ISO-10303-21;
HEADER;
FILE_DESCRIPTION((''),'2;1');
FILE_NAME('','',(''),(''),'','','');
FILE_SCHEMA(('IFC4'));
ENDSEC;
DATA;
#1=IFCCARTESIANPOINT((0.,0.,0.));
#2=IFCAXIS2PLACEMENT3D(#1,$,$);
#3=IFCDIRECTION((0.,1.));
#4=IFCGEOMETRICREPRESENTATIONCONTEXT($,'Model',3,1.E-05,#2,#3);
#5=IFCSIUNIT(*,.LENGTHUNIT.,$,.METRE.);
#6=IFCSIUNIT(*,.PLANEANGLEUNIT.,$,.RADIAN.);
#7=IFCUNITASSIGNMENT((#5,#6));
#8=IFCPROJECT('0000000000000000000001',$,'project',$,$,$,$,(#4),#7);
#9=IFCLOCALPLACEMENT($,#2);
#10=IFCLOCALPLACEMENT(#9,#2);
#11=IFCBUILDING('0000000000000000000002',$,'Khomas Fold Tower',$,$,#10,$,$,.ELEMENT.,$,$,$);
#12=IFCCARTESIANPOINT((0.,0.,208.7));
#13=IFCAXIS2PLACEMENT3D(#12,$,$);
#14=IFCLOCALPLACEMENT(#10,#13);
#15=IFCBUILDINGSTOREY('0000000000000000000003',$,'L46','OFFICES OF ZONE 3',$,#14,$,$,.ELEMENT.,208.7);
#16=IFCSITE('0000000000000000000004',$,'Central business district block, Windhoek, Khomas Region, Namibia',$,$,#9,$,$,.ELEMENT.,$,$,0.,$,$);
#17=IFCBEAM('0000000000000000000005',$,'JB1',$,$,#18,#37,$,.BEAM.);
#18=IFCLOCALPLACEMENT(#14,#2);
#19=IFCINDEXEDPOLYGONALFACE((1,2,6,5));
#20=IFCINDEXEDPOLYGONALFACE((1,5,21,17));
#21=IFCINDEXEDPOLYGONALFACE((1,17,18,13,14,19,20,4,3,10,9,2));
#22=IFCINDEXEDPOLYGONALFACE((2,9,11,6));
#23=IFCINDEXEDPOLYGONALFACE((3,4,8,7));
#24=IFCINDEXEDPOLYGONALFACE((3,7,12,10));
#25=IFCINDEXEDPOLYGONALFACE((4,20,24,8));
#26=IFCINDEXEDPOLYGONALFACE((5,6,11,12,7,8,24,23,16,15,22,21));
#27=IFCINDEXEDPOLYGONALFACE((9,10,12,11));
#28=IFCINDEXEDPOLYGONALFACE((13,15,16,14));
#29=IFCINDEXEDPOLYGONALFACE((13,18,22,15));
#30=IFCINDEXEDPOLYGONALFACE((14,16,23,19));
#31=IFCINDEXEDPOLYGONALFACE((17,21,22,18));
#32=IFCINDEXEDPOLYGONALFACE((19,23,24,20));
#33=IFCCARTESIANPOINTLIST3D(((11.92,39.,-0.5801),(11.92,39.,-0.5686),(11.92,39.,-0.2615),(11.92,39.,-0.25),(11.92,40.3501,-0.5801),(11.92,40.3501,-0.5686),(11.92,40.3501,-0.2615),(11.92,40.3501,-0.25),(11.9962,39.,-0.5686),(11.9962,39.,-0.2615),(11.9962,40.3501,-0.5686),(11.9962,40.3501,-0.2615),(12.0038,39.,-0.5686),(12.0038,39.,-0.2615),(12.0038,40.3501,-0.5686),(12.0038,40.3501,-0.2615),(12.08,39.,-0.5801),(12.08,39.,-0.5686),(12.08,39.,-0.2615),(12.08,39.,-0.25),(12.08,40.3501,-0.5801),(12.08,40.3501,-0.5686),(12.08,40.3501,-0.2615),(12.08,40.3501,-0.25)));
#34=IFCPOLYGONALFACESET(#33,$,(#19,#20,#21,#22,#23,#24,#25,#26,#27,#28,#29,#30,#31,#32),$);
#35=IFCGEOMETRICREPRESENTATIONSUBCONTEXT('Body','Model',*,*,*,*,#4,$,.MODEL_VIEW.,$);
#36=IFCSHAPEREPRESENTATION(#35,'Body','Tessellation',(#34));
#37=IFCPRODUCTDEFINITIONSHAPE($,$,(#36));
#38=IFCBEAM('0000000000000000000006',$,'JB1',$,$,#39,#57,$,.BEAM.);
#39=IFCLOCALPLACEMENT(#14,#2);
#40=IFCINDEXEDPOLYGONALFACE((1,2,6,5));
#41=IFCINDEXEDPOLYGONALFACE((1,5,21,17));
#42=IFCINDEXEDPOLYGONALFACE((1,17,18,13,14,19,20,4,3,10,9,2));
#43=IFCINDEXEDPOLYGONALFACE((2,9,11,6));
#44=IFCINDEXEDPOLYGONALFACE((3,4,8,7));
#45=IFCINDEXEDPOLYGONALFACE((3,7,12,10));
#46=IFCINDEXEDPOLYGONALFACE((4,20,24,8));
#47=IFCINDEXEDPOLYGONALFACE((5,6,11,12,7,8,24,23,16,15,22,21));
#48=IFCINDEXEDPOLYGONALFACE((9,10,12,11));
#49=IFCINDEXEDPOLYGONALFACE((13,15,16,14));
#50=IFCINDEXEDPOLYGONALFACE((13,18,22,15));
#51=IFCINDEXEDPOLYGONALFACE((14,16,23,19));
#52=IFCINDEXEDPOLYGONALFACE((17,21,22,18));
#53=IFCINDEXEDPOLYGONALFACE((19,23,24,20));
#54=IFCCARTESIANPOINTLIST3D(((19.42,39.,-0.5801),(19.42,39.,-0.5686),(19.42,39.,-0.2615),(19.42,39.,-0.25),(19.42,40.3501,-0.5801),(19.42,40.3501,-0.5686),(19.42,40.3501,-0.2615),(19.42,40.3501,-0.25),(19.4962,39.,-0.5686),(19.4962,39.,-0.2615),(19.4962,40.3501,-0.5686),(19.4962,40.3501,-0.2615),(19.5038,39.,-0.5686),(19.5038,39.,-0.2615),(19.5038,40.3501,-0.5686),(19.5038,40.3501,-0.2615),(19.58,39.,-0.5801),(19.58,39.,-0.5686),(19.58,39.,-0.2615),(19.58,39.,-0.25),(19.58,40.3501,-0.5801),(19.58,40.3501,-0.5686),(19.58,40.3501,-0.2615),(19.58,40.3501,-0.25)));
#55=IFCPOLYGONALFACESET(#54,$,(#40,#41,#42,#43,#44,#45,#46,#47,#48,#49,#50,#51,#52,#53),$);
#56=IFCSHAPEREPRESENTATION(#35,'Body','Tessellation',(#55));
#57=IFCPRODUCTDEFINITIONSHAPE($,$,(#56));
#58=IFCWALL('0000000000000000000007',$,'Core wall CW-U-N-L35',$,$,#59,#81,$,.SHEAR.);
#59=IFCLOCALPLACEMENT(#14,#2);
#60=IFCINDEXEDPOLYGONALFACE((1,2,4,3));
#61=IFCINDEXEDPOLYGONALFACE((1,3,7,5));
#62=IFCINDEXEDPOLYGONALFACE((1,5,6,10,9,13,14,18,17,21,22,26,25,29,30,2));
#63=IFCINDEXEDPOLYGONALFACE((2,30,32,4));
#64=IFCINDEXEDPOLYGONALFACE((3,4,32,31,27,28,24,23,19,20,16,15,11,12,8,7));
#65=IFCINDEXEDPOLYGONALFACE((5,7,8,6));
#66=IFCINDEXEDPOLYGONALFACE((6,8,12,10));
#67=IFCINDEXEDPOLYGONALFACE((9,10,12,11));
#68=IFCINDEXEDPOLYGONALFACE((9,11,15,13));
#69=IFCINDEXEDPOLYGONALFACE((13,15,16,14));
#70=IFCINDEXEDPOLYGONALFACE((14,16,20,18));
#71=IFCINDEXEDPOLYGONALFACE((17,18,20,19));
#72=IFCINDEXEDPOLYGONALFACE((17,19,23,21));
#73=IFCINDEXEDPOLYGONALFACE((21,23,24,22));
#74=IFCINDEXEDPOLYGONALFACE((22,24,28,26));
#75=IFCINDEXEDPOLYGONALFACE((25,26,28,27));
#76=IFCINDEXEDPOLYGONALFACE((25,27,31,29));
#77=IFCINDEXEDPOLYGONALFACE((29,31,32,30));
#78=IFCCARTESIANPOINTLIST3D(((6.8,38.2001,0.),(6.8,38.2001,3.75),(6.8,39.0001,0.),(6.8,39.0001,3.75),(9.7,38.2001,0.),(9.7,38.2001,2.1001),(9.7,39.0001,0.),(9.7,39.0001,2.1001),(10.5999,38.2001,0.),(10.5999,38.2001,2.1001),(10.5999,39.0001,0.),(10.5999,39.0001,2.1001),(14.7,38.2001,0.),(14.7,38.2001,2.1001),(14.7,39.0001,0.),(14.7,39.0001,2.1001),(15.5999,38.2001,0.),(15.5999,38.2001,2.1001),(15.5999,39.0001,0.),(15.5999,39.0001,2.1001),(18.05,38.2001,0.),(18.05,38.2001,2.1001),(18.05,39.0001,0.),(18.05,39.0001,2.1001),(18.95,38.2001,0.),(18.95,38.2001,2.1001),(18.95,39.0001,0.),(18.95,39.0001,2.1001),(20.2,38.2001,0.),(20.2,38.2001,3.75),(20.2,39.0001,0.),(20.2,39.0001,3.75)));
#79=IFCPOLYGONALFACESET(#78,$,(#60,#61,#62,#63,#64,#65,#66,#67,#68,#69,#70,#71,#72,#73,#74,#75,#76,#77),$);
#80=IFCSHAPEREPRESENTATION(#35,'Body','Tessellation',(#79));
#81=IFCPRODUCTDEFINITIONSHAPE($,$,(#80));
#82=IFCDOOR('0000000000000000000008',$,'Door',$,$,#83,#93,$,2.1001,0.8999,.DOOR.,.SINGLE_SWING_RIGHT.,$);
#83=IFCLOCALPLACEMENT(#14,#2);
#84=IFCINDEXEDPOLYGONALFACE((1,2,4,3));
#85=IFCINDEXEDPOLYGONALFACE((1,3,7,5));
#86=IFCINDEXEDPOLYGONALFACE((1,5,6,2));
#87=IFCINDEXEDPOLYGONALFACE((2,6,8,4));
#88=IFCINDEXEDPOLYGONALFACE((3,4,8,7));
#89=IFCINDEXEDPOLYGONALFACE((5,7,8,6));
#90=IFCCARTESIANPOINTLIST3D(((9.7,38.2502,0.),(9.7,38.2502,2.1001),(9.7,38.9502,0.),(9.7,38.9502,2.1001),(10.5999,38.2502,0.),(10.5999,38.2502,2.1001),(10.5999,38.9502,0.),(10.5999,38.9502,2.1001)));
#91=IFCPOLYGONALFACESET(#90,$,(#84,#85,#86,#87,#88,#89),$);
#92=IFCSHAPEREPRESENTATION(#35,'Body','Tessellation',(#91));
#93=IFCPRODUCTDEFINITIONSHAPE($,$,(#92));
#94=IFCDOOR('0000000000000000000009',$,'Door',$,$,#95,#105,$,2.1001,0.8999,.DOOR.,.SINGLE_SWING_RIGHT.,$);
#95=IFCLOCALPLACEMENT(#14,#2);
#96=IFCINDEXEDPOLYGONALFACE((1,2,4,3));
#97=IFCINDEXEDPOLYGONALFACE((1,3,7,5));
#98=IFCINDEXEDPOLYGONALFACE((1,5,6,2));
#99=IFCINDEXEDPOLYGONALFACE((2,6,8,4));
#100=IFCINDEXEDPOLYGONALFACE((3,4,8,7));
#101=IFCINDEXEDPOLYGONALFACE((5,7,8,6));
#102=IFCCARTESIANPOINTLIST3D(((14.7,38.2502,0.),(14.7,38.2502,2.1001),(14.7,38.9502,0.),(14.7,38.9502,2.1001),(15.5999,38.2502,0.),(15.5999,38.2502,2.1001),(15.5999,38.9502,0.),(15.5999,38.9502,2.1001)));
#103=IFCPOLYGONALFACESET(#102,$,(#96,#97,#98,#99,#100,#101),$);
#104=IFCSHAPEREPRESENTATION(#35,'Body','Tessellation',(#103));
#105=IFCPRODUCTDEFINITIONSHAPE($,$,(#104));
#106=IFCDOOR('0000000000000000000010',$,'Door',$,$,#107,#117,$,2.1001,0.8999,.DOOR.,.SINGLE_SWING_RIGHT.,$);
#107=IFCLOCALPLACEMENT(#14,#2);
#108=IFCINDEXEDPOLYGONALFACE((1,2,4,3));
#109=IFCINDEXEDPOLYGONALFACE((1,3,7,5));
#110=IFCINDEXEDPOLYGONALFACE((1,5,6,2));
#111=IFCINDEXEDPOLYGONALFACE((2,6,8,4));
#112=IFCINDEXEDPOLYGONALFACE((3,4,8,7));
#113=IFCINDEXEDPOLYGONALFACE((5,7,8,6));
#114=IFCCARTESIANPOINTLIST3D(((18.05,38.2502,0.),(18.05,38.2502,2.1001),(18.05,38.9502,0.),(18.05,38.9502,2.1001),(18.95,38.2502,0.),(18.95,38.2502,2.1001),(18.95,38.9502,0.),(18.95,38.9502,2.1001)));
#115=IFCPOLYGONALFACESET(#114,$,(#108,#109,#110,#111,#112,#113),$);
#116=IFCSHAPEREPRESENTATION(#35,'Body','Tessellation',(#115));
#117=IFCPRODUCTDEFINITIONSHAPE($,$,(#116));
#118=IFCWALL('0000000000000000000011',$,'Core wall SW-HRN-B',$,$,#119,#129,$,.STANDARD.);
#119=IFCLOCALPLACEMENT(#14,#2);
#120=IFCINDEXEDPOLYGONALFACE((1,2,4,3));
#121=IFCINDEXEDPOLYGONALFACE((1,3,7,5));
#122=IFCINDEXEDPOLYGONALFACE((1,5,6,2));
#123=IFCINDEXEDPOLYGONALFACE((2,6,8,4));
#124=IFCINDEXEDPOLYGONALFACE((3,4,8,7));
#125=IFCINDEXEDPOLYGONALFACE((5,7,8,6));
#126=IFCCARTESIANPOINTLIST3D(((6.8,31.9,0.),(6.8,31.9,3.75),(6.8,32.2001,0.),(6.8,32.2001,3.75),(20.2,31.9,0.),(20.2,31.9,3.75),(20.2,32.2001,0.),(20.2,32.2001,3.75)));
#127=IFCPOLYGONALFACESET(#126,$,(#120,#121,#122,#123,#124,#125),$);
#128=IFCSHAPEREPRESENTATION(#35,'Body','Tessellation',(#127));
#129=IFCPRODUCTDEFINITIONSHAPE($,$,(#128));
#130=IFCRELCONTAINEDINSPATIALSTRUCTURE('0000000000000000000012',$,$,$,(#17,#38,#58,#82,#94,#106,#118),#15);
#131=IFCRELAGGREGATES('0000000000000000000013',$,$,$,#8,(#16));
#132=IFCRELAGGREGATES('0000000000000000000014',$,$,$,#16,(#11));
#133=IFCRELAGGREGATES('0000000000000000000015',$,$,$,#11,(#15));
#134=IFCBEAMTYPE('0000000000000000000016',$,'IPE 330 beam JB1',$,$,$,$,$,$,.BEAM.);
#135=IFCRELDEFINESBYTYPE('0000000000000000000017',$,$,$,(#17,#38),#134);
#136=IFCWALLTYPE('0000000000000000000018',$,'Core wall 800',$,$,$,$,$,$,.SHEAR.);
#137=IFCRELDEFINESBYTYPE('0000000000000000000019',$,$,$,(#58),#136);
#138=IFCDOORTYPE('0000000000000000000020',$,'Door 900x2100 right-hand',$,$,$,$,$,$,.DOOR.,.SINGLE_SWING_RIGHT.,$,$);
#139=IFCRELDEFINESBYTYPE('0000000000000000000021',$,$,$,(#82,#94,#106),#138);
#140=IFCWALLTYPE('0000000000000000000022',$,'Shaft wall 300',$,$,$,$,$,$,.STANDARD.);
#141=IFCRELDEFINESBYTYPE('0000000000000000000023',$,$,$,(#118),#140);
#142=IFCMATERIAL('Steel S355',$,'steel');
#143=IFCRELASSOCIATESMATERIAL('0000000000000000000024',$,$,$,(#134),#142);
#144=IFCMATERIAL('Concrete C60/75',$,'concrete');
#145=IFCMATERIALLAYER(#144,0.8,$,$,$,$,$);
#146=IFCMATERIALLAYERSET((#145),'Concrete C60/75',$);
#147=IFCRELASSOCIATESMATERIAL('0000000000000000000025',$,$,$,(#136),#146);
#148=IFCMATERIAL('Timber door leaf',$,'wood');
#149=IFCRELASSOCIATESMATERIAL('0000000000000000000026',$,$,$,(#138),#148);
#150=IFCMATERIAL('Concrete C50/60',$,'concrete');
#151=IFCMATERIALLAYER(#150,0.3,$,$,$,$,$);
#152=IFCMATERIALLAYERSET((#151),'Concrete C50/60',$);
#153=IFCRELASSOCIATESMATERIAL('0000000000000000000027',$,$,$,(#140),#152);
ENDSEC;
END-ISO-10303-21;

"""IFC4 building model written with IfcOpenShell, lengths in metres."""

from ifc_helpers import new_model, si_unit, direction, frame, frame_2d, origin, origin_2d, place, context, subcontext, project, spatial, rectangle, i_section, extrude, source, transform, mapped, material, layer, layer_set, material_profile, profile_set, type_object, element, fill, save


model = new_model("IFC4")

# Units and contexts
model_context = context("Model", 3, precision=1e-05, world=origin(), true_north=direction((0.0, 1.0)))
body_context = subcontext(model_context, "Body", "Model", "MODEL_VIEW")
ifc_project = project(units=[si_unit("LENGTHUNIT", "METRE"), si_unit("PLANEANGLEUNIT", "RADIAN")], contexts=[model_context])

# Site, building, storey
site_placement = place(None, origin())
site = spatial("IfcSite", under=ifc_project, at=site_placement, Name="Central business district block, Windhoek, Khomas Region, Namibia", CompositionType="ELEMENT", RefElevation=0.0)
building_placement = place(site_placement, origin())
building = spatial("IfcBuilding", under=site, at=building_placement, Name="Khomas Fold Tower", CompositionType="ELEMENT")
storey_placement = place(building_placement, frame((0.0, 0.0, 208.7)))
storey = spatial("IfcBuildingStorey", under=building, at=storey_placement, Name="L46", Description="OFFICES OF ZONE 3", CompositionType="ELEMENT", Elevation=208.7)

# Beams
ifc_material_1 = material(Name="Steel S355", Category="steel")
ifc_material_profile = material_profile(ifc_material_1, i_section(OverallWidth=0.1599, OverallDepth=0.3301, WebThickness=0.0076, FlangeThickness=0.0115, at=origin_2d()), Name="IPE 330")
ifc_profile_set = profile_set([ifc_material_profile], Name="Steel S355")
beam_type = type_object("IfcBeamType", Name="IPE 330 beam JB1", PredefinedType="BEAM", material=ifc_profile_set)
shared_shape_1 = source(origin(), body_context, "Body", "SweptSolid", [
    extrude(i_section(OverallWidth=0.1599, OverallDepth=0.3301, WebThickness=0.0076, FlangeThickness=0.0115, at=origin_2d()), origin(), (0.0, 0.0, 1.0), 1.3501),
])
for number, where, z_axis, x_axis, name in (
    (1, (12.0, 39.0, -0.415), (0.0, 1.0, 0.0), (-1.0, 0.0, 0.0), "JB1"),
    (2, (19.5, 39.0, -0.415), (0.0, 1.0, 0.0), (-1.0, 0.0, 0.0), "JB1"),
):
    element("IfcBeam", number, at=place(storey_placement, frame(where, z_axis=z_axis, x_axis=x_axis)), inside=storey, type_object=beam_type, Name=name, PredefinedType="BEAM", context=body_context, shape_type="MappedRepresentation", body=[
        mapped(shared_shape_1, transform((0.0, 0.0, 0.0))),
    ])

# Wall, openings, doors
ifc_material_2 = material(Name="Concrete C60/75", Category="concrete")
ifc_layer_1 = layer(ifc_material_2, 0.8)
ifc_layer_set_1 = layer_set([ifc_layer_1], Name="Concrete C60/75")
wall_type_1 = type_object("IfcWallType", Name="Core wall 800", PredefinedType="SHEAR", material=ifc_layer_set_1)
shared_shape_2 = source(origin(), body_context, "Body", "SweptSolid", [
    extrude(rectangle(XDim=13.3999, YDim=0.8, at=frame_2d((6.7, 0.0))), origin(), (0.0, 0.0, 1.0), 3.75),
])
wall_1_placement = place(storey_placement, frame((6.8, 38.6001, 0.0), z_axis=(0.0, 0.0, 1.0), x_axis=(1.0, 0.0, 0.0)))
wall_1 = element("IfcWall", 3, at=wall_1_placement, inside=storey, type_object=wall_type_1, Name="Core wall CW-U-N-L35", PredefinedType="SHEAR", context=body_context, shape_type="MappedRepresentation", body=[
    mapped(shared_shape_2, transform((0.0, 0.0, 0.0))),
])
shared_shape_3 = source(origin(), body_context, "Body", "SweptSolid", [
    extrude(rectangle(XDim=0.8999, YDim=2.1001, at=frame_2d((0.45, 1.05))), frame((0.0, 0.4099, 0.0), z_axis=(0.0, -1.0, 0.0), x_axis=(1.0, 0.0, 0.0)), (0.0, 0.0, 1.0), 0.8201),
])
opening_1_placement = place(wall_1_placement, frame((2.8999, 0.0, 0.0)))
opening_1 = element("IfcOpeningElement", 4, at=opening_1_placement, cuts=wall_1, PredefinedType="OPENING", context=body_context, shape_type="MappedRepresentation", body=[
    mapped(shared_shape_3, transform((0.0, 0.0, 0.0))),
])
opening_2_placement = place(wall_1_placement, frame((7.8999, 0.0, 0.0)))
opening_2 = element("IfcOpeningElement", 5, at=opening_2_placement, cuts=wall_1, PredefinedType="OPENING", context=body_context, shape_type="MappedRepresentation", body=[
    mapped(shared_shape_3, transform((0.0, 0.0, 0.0))),
])
opening_3_placement = place(wall_1_placement, frame((11.25, 0.0, 0.0)))
opening_3 = element("IfcOpeningElement", 6, at=opening_3_placement, cuts=wall_1, PredefinedType="OPENING", context=body_context, shape_type="MappedRepresentation", body=[
    mapped(shared_shape_3, transform((0.0, 0.0, 0.0))),
])
ifc_material_3 = material(Name="Timber door leaf", Category="wood")
door_type_1 = type_object("IfcDoorType", Name="Door 900x2100 right-hand", OperationType="SINGLE_SWING_RIGHT", PredefinedType="DOOR", material=ifc_material_3)
shared_shape_4 = source(origin(), body_context, "Body", "SweptSolid", [
    extrude(rectangle(XDim=0.8999, YDim=2.1001, at=frame_2d((0.45, 1.05))), frame((0.0, 0.3501, 0.0), z_axis=(0.0, -1.0, 0.0), x_axis=(1.0, 0.0, 0.0)), (0.0, 0.0, 1.0), 0.7),
])
door_1_placement = place(opening_1_placement, origin())
door_1 = element("IfcDoor", 7, at=door_1_placement, inside=storey, type_object=door_type_1, Name="Door", OperationType="SINGLE_SWING_RIGHT", OverallHeight=2.1001, OverallWidth=0.8999, PredefinedType="DOOR", context=body_context, shape_type="MappedRepresentation", body=[
    mapped(shared_shape_4, transform((0.0, 0.0, 0.0))),
])
fill(opening_1, door_1)
door_2_placement = place(opening_2_placement, origin())
door_2 = element("IfcDoor", 8, at=door_2_placement, inside=storey, type_object=door_type_1, Name="Door", OperationType="SINGLE_SWING_RIGHT", OverallHeight=2.1001, OverallWidth=0.8999, PredefinedType="DOOR", context=body_context, shape_type="MappedRepresentation", body=[
    mapped(shared_shape_4, transform((0.0, 0.0, 0.0))),
])
fill(opening_2, door_2)
door_3_placement = place(opening_3_placement, origin())
door_3 = element("IfcDoor", 9, at=door_3_placement, inside=storey, type_object=door_type_1, Name="Door", OperationType="SINGLE_SWING_RIGHT", OverallHeight=2.1001, OverallWidth=0.8999, PredefinedType="DOOR", context=body_context, shape_type="MappedRepresentation", body=[
    mapped(shared_shape_4, transform((0.0, 0.0, 0.0))),
])
fill(opening_3, door_3)

# Wall
ifc_material_4 = material(Name="Concrete C50/60", Category="concrete")
ifc_layer_2 = layer(ifc_material_4, 0.3)
ifc_layer_set_2 = layer_set([ifc_layer_2], Name="Concrete C50/60")
wall_type_2 = type_object("IfcWallType", Name="Shaft wall 300", PredefinedType="STANDARD", material=ifc_layer_set_2)
shared_shape_5 = source(origin(), body_context, "Body", "SweptSolid", [
    extrude(rectangle(XDim=13.3999, YDim=0.3, at=frame_2d((6.7, 0.0))), origin(), (0.0, 0.0, 1.0), 3.75),
])
wall_2_placement = place(storey_placement, frame((6.8, 32.05, 0.0), z_axis=(0.0, 0.0, 1.0), x_axis=(1.0, 0.0, 0.0)))
element("IfcWall", 10, at=wall_2_placement, inside=storey, type_object=wall_type_2, Name="Core wall SW-HRN-B", PredefinedType="STANDARD", context=body_context, shape_type="MappedRepresentation", body=[
    mapped(shared_shape_5, transform((0.0, 0.0, 0.0))),
])

save(model, "model.ifc")
